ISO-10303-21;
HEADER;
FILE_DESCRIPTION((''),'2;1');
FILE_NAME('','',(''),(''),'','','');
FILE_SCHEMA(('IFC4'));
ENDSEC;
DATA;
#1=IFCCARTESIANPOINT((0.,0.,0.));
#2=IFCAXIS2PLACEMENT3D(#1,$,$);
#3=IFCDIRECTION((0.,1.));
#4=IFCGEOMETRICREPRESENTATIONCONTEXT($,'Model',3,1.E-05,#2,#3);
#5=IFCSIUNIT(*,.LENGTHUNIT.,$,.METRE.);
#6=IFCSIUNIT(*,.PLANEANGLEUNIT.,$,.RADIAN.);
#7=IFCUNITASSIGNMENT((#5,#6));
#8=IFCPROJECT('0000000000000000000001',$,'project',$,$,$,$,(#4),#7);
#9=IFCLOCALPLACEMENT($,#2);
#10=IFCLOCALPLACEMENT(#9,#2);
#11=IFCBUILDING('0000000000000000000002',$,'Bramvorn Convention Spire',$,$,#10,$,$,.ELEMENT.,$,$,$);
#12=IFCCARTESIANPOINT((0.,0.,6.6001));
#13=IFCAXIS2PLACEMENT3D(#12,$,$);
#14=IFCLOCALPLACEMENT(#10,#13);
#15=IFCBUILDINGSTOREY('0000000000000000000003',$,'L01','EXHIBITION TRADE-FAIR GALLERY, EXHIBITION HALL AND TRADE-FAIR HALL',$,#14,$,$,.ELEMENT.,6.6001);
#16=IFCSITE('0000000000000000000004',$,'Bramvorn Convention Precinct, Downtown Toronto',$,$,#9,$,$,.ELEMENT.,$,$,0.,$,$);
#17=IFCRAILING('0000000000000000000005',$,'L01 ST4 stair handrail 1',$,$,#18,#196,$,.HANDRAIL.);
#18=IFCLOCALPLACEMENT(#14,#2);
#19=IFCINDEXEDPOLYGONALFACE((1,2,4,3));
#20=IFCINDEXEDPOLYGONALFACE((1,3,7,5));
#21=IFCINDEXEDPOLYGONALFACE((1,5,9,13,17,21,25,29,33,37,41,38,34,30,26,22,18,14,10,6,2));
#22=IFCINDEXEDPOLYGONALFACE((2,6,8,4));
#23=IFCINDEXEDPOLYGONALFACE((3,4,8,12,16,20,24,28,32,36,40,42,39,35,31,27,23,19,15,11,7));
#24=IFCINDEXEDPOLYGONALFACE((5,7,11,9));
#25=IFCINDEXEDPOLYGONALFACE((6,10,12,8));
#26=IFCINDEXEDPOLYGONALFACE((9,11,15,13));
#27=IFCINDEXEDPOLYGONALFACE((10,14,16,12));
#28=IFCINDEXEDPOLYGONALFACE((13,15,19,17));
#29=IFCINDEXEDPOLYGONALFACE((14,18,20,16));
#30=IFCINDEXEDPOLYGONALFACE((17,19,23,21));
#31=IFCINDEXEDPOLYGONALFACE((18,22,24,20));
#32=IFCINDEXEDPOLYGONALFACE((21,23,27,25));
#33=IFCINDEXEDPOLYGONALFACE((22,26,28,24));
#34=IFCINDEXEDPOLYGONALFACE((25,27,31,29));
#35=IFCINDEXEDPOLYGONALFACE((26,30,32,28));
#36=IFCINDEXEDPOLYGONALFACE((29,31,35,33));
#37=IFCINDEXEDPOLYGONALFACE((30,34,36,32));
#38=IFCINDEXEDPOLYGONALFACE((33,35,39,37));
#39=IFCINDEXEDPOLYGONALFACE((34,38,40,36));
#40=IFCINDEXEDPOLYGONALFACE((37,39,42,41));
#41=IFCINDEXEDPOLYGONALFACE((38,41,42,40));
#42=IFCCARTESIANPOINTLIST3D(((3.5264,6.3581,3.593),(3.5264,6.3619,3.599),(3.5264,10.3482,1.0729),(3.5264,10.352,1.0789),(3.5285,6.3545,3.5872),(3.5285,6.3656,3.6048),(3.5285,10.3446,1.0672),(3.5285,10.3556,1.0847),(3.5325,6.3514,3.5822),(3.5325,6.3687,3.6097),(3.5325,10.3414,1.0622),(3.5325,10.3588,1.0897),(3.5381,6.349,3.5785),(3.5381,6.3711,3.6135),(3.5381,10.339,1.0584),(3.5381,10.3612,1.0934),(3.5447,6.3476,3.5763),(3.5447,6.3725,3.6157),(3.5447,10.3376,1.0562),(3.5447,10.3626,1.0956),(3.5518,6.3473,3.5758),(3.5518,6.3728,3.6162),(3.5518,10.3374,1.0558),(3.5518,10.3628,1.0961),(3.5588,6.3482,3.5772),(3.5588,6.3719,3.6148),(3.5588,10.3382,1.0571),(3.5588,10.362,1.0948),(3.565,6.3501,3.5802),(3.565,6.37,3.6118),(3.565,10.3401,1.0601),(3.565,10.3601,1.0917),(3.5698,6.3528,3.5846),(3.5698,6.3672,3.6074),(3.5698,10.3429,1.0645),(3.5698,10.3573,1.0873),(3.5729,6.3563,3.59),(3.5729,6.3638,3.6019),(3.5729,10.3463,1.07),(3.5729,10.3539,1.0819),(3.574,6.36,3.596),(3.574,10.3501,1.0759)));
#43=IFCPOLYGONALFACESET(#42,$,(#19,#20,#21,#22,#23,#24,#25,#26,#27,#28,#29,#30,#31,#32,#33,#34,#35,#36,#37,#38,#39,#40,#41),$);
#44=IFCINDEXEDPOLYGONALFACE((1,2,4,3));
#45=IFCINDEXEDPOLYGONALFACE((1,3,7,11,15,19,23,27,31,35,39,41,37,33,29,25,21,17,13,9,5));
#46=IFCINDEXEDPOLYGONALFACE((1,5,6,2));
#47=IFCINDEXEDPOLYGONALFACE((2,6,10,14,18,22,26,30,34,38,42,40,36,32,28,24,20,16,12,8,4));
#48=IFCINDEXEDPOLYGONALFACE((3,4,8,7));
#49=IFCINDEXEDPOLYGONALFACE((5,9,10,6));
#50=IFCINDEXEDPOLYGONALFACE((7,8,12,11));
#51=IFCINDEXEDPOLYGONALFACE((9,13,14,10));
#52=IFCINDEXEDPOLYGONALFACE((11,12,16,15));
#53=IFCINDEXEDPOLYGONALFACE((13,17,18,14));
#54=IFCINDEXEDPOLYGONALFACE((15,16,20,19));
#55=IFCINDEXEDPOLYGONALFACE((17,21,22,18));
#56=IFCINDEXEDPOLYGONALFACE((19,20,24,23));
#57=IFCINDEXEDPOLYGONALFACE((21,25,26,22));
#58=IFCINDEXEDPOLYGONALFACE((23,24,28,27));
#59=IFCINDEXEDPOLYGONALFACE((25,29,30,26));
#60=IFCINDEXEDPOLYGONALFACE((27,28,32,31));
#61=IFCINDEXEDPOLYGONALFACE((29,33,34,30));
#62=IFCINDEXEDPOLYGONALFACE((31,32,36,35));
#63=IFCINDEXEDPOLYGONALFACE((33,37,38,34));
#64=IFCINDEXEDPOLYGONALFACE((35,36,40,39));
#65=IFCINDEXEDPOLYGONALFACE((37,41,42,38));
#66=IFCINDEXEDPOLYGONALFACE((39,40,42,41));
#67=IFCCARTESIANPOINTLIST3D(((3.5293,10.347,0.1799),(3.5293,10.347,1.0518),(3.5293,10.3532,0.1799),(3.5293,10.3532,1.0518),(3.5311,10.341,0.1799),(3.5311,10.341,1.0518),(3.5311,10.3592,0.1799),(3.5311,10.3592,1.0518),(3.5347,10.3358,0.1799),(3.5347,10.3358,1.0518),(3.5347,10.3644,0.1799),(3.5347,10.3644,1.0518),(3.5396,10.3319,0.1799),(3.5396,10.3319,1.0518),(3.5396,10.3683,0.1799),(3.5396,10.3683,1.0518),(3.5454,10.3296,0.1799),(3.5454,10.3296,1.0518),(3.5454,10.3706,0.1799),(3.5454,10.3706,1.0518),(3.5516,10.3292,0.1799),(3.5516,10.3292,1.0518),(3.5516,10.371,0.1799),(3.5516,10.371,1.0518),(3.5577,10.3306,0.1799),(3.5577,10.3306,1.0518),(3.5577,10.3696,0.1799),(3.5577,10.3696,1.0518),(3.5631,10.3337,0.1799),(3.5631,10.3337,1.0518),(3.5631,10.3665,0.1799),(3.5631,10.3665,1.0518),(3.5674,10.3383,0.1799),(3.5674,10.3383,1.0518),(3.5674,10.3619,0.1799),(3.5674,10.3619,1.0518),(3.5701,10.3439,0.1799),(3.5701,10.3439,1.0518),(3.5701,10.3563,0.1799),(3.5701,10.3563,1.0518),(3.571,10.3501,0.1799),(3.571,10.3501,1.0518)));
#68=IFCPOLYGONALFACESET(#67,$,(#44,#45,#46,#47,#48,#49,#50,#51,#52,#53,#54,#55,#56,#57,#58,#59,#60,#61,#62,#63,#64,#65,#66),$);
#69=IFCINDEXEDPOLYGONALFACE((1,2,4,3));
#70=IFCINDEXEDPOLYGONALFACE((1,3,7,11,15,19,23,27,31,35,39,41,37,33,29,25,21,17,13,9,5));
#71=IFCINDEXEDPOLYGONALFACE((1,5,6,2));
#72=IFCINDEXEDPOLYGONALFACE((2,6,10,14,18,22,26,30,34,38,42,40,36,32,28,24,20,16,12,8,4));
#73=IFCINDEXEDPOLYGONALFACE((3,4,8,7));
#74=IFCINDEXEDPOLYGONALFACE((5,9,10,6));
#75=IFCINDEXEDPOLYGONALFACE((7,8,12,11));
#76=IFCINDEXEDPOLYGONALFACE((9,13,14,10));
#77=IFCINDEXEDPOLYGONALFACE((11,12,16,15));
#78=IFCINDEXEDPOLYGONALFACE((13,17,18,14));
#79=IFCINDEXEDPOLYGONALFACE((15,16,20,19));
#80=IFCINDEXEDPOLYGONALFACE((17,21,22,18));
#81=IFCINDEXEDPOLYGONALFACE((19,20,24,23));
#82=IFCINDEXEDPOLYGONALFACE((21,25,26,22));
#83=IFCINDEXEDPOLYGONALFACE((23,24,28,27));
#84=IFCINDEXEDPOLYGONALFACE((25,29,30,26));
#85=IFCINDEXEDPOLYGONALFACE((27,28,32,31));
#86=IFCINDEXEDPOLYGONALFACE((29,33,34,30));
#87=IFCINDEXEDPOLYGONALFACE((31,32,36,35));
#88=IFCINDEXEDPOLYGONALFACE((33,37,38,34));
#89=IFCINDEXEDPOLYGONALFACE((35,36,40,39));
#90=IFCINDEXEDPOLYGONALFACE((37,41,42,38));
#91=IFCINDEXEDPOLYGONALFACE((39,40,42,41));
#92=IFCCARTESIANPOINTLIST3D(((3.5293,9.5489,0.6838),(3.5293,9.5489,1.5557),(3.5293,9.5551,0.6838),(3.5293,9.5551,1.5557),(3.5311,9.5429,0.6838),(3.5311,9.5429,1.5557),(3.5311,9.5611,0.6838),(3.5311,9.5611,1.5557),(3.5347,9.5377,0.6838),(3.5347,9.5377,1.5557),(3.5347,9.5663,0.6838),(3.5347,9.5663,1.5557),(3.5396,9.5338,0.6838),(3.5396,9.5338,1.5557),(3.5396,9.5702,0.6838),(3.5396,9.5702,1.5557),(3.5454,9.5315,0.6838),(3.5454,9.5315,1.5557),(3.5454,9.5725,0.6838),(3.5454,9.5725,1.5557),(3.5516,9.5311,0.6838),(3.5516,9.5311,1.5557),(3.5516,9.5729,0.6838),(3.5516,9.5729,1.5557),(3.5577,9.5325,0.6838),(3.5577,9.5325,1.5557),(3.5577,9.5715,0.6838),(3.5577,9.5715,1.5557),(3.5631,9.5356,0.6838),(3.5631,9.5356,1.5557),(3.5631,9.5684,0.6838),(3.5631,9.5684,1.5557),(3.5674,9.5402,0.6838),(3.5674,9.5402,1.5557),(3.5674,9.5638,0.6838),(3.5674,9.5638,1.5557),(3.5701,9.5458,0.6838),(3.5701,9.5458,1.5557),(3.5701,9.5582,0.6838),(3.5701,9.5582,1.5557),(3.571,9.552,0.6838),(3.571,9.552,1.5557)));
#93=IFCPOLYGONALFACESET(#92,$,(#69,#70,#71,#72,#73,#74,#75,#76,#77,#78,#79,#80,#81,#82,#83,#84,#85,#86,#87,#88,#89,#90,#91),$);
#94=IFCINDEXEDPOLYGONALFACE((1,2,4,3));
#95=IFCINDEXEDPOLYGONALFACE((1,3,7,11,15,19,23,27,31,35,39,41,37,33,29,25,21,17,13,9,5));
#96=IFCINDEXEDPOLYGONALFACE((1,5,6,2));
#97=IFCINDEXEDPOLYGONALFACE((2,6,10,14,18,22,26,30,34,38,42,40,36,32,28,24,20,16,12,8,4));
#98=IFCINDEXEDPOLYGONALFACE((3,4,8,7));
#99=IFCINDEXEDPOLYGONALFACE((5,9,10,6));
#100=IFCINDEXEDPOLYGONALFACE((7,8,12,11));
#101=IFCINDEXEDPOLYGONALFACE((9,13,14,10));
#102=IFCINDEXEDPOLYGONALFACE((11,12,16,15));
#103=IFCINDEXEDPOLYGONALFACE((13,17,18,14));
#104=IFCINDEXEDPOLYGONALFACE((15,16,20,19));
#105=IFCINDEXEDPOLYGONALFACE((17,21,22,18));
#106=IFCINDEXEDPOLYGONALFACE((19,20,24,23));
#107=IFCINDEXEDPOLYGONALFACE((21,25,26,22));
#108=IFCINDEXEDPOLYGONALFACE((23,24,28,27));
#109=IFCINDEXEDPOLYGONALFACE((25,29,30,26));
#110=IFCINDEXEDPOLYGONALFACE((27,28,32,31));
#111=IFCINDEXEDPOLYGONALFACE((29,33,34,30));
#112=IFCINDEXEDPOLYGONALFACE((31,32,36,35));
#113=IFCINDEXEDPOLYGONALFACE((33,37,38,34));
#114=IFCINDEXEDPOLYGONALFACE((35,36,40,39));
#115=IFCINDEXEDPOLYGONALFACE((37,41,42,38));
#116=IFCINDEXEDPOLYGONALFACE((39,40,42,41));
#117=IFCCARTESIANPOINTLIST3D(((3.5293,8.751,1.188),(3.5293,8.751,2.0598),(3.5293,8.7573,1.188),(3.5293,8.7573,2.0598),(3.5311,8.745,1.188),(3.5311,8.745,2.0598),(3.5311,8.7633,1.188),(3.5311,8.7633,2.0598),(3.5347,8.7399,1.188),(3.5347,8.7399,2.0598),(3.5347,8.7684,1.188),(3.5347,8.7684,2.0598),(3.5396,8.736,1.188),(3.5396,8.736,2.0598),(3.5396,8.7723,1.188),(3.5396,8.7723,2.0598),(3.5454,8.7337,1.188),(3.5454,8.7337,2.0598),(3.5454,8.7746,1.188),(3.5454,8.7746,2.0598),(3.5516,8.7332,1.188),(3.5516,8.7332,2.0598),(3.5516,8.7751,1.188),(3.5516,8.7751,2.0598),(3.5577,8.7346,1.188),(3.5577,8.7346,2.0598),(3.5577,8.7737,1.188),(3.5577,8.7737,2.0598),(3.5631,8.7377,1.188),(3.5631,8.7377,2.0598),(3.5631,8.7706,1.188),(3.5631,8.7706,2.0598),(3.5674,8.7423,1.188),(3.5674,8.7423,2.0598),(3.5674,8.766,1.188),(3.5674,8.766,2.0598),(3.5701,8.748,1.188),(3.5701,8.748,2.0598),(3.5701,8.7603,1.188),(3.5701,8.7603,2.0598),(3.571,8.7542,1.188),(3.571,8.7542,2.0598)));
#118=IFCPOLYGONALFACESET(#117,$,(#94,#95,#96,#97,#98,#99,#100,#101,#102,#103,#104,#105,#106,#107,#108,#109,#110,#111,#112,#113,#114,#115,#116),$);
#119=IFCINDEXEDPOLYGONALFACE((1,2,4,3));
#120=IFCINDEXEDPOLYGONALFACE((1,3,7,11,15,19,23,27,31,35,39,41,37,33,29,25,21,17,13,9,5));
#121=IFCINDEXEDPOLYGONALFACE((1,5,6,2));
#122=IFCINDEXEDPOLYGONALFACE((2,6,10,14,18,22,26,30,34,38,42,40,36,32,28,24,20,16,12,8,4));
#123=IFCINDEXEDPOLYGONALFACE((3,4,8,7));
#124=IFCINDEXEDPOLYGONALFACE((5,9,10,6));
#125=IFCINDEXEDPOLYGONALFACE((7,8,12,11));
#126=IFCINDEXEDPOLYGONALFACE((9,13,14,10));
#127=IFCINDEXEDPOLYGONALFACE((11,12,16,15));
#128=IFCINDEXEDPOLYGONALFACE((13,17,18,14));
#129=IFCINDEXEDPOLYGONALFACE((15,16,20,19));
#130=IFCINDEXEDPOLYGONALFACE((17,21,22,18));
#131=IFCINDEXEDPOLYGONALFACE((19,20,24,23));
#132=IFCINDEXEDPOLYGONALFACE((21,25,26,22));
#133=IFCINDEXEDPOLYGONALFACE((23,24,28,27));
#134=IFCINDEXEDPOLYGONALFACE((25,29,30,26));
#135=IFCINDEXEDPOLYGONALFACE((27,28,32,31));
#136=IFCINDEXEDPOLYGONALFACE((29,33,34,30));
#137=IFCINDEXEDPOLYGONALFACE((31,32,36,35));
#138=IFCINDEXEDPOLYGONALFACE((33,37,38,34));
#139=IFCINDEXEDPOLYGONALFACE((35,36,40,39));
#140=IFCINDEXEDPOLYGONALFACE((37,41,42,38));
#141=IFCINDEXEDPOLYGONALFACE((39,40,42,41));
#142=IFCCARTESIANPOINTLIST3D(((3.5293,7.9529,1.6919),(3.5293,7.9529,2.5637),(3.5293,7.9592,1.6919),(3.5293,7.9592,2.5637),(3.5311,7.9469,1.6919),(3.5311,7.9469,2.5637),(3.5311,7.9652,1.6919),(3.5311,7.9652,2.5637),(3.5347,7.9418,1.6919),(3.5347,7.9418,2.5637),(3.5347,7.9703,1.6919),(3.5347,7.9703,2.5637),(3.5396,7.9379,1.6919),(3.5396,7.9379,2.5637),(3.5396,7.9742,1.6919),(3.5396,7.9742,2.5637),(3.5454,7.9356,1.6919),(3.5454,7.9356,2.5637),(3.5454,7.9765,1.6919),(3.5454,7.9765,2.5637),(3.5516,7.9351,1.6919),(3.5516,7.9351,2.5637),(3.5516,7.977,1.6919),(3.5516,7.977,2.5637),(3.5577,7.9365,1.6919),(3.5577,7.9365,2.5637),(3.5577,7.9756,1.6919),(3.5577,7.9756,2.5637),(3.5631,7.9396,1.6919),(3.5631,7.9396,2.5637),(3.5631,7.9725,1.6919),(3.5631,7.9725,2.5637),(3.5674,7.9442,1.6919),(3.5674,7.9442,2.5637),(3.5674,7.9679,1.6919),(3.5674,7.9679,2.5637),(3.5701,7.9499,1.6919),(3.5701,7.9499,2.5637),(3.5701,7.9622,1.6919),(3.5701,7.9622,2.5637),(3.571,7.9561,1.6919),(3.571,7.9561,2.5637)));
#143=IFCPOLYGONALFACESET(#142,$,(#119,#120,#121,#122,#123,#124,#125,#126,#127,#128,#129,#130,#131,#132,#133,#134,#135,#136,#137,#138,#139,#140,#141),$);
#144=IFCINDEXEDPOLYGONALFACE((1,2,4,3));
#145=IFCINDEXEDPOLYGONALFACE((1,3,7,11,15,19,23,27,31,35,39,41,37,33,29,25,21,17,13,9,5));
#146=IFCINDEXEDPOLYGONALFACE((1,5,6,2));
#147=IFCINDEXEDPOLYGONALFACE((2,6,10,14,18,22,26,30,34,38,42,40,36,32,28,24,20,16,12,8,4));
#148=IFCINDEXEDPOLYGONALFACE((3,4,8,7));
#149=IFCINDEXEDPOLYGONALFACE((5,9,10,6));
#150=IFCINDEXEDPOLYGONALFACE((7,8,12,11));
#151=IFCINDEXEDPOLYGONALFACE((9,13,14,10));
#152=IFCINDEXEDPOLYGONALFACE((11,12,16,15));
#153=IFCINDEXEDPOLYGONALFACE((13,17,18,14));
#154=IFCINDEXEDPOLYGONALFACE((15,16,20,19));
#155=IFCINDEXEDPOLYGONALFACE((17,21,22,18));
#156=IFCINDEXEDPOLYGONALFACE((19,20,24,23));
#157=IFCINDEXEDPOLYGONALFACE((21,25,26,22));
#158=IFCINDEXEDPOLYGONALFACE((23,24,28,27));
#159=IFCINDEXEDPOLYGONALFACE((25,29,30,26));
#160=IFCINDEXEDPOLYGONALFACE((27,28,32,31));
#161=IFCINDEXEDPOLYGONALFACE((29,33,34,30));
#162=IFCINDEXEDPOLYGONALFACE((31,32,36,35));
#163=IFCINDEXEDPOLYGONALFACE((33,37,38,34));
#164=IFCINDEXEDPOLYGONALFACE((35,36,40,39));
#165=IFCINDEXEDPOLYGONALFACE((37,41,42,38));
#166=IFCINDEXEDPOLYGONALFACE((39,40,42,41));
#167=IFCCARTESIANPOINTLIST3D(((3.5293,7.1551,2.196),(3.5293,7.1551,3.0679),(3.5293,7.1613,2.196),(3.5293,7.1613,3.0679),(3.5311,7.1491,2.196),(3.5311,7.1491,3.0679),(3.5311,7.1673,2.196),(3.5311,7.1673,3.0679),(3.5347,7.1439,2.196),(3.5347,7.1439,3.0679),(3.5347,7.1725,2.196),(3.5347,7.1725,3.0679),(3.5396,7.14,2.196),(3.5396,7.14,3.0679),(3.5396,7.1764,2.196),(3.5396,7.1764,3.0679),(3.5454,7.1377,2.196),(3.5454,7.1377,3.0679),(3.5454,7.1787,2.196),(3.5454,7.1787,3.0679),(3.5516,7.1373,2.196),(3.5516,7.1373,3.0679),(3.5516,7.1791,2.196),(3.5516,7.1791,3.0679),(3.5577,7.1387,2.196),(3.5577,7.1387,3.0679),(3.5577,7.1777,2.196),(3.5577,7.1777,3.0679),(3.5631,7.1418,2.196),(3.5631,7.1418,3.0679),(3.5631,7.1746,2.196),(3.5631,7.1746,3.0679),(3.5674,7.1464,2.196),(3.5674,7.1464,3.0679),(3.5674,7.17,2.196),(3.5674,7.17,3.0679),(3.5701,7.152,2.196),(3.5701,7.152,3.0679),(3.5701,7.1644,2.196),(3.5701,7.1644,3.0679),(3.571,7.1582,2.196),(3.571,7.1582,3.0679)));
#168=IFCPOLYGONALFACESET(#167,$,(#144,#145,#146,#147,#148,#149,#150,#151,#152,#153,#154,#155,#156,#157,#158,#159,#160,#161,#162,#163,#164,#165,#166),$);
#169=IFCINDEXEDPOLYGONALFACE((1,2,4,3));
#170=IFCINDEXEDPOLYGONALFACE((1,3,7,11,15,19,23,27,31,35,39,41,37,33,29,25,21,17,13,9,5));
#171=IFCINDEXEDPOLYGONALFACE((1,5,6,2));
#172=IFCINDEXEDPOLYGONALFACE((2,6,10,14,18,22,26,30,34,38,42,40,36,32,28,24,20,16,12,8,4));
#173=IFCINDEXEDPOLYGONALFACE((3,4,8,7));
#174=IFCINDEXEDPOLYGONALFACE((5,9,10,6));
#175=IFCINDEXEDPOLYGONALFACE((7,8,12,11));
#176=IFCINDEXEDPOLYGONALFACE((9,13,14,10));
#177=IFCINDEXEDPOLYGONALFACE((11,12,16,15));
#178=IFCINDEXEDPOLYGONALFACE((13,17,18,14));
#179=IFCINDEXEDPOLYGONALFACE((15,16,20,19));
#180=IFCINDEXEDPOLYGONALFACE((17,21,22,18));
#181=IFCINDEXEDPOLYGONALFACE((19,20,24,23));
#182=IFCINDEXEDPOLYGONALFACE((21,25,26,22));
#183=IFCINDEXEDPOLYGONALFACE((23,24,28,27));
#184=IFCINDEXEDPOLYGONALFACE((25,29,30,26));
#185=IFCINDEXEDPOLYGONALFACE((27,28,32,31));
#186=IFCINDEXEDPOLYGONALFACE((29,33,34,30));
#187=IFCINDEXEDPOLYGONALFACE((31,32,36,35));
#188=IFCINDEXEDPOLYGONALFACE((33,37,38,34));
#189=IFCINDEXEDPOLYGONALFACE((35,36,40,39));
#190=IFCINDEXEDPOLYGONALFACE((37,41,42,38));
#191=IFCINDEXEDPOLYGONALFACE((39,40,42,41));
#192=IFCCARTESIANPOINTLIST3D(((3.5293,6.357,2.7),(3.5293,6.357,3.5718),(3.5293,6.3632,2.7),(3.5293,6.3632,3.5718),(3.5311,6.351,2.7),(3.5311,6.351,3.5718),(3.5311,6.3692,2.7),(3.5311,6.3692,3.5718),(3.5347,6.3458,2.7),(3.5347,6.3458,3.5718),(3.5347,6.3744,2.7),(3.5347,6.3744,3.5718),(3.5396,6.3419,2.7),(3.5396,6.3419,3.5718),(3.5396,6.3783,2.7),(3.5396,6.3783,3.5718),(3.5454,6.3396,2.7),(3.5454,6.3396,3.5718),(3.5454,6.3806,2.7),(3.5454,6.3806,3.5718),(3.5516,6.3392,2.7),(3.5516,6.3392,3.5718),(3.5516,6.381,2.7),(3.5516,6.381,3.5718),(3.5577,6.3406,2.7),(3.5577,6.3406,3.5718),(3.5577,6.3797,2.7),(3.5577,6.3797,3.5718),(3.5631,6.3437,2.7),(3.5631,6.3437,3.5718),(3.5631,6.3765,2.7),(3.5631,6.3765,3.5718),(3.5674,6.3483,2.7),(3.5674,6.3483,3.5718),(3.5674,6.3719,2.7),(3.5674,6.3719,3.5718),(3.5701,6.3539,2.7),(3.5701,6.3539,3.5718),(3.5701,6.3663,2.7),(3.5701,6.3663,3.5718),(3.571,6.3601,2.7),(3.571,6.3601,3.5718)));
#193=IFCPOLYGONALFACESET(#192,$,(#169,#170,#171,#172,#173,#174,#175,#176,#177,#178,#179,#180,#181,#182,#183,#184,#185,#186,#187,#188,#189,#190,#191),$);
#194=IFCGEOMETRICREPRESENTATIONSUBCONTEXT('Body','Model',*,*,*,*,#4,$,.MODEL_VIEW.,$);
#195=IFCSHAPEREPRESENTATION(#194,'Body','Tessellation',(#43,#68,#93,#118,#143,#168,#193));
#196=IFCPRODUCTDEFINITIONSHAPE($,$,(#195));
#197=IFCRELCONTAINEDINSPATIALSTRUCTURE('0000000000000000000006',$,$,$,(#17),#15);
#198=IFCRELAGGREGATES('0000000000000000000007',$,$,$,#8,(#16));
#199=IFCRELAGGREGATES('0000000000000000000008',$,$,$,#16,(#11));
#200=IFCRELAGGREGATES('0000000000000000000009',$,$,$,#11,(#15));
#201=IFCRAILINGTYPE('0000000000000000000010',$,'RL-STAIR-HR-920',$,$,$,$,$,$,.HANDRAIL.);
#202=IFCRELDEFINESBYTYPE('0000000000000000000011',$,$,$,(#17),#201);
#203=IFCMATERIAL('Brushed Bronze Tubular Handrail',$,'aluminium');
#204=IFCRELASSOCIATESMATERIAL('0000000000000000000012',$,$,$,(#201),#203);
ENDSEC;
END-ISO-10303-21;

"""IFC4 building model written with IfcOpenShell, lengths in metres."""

from ifc_helpers import new_model, si_unit, direction, frame, origin, origin_2d, place, context, subcontext, project, spatial, circle, extrude, material, type_object, element, save


model = new_model("IFC4")

# Units and contexts
model_context = context("Model", 3, precision=1e-05, world=origin(), true_north=direction((0.0, 1.0)))
body_context = subcontext(model_context, "Body", "Model", "MODEL_VIEW")
ifc_project = project(units=[si_unit("LENGTHUNIT", "METRE"), si_unit("PLANEANGLEUNIT", "RADIAN")], contexts=[model_context])

# Site, building, storey
site_placement = place(None, origin())
site = spatial("IfcSite", under=ifc_project, at=site_placement, Name="Bramvorn Convention Precinct, Downtown Toronto", CompositionType="ELEMENT", RefElevation=0.0)
building_placement = place(site_placement, origin())
building = spatial("IfcBuilding", under=site, at=building_placement, Name="Bramvorn Convention Spire", CompositionType="ELEMENT")
storey_placement = place(building_placement, frame((0.0, 0.0, 6.6001)))
storey = spatial("IfcBuildingStorey", under=building, at=storey_placement, Name="L01", Description="EXHIBITION TRADE-FAIR GALLERY, EXHIBITION HALL AND TRADE-FAIR HALL", CompositionType="ELEMENT", Elevation=6.6001)

# Railing
ifc_material_1 = material(Name="Brushed Bronze Tubular Handrail", Category="aluminium")
railing_type_1 = type_object("IfcRailingType", Name="RL-STAIR-HR-920", PredefinedType="HANDRAIL", material=ifc_material_1)
railing_1_placement = place(storey_placement, frame((3.55, 10.3501, 0.1799)))
element("IfcRailing", 1, at=railing_1_placement, inside=storey, type_object=railing_type_1, Name="L01 ST4 stair handrail 1", PredefinedType="HANDRAIL", context=body_context, shape_type="SweptSolid", body=[
    extrude(circle(Radius=0.0239, at=origin_2d()), frame((0.0, 0.0, 0.896), z_axis=(0.0, -0.845486, 0.533997), x_axis=(1.0, 0.0, 0.0)), (0.0, 0.0, 1.0), 4.7192),
    extrude(circle(Radius=0.021, at=origin_2d()), origin(), (0.0, 0.0, 1.0), 0.8718),
    extrude(circle(Radius=0.021, at=origin_2d()), frame((0.0, -0.7981, 0.5039)), (0.0, 0.0, 1.0), 0.8718),
    extrude(circle(Radius=0.021, at=origin_2d()), frame((0.0, -1.5959, 1.0081)), (0.0, 0.0, 1.0), 0.8718),
    extrude(circle(Radius=0.021, at=origin_2d()), frame((0.0, -2.394, 1.512)), (0.0, 0.0, 1.0), 0.8718),
    extrude(circle(Radius=0.021, at=origin_2d()), frame((0.0, -3.1919, 2.0161)), (0.0, 0.0, 1.0), 0.8718),
    extrude(circle(Radius=0.021, at=origin_2d()), frame((0.0, -3.99, 2.52)), (0.0, 0.0, 1.0), 0.8718),
])

save(model, "model.ifc")
